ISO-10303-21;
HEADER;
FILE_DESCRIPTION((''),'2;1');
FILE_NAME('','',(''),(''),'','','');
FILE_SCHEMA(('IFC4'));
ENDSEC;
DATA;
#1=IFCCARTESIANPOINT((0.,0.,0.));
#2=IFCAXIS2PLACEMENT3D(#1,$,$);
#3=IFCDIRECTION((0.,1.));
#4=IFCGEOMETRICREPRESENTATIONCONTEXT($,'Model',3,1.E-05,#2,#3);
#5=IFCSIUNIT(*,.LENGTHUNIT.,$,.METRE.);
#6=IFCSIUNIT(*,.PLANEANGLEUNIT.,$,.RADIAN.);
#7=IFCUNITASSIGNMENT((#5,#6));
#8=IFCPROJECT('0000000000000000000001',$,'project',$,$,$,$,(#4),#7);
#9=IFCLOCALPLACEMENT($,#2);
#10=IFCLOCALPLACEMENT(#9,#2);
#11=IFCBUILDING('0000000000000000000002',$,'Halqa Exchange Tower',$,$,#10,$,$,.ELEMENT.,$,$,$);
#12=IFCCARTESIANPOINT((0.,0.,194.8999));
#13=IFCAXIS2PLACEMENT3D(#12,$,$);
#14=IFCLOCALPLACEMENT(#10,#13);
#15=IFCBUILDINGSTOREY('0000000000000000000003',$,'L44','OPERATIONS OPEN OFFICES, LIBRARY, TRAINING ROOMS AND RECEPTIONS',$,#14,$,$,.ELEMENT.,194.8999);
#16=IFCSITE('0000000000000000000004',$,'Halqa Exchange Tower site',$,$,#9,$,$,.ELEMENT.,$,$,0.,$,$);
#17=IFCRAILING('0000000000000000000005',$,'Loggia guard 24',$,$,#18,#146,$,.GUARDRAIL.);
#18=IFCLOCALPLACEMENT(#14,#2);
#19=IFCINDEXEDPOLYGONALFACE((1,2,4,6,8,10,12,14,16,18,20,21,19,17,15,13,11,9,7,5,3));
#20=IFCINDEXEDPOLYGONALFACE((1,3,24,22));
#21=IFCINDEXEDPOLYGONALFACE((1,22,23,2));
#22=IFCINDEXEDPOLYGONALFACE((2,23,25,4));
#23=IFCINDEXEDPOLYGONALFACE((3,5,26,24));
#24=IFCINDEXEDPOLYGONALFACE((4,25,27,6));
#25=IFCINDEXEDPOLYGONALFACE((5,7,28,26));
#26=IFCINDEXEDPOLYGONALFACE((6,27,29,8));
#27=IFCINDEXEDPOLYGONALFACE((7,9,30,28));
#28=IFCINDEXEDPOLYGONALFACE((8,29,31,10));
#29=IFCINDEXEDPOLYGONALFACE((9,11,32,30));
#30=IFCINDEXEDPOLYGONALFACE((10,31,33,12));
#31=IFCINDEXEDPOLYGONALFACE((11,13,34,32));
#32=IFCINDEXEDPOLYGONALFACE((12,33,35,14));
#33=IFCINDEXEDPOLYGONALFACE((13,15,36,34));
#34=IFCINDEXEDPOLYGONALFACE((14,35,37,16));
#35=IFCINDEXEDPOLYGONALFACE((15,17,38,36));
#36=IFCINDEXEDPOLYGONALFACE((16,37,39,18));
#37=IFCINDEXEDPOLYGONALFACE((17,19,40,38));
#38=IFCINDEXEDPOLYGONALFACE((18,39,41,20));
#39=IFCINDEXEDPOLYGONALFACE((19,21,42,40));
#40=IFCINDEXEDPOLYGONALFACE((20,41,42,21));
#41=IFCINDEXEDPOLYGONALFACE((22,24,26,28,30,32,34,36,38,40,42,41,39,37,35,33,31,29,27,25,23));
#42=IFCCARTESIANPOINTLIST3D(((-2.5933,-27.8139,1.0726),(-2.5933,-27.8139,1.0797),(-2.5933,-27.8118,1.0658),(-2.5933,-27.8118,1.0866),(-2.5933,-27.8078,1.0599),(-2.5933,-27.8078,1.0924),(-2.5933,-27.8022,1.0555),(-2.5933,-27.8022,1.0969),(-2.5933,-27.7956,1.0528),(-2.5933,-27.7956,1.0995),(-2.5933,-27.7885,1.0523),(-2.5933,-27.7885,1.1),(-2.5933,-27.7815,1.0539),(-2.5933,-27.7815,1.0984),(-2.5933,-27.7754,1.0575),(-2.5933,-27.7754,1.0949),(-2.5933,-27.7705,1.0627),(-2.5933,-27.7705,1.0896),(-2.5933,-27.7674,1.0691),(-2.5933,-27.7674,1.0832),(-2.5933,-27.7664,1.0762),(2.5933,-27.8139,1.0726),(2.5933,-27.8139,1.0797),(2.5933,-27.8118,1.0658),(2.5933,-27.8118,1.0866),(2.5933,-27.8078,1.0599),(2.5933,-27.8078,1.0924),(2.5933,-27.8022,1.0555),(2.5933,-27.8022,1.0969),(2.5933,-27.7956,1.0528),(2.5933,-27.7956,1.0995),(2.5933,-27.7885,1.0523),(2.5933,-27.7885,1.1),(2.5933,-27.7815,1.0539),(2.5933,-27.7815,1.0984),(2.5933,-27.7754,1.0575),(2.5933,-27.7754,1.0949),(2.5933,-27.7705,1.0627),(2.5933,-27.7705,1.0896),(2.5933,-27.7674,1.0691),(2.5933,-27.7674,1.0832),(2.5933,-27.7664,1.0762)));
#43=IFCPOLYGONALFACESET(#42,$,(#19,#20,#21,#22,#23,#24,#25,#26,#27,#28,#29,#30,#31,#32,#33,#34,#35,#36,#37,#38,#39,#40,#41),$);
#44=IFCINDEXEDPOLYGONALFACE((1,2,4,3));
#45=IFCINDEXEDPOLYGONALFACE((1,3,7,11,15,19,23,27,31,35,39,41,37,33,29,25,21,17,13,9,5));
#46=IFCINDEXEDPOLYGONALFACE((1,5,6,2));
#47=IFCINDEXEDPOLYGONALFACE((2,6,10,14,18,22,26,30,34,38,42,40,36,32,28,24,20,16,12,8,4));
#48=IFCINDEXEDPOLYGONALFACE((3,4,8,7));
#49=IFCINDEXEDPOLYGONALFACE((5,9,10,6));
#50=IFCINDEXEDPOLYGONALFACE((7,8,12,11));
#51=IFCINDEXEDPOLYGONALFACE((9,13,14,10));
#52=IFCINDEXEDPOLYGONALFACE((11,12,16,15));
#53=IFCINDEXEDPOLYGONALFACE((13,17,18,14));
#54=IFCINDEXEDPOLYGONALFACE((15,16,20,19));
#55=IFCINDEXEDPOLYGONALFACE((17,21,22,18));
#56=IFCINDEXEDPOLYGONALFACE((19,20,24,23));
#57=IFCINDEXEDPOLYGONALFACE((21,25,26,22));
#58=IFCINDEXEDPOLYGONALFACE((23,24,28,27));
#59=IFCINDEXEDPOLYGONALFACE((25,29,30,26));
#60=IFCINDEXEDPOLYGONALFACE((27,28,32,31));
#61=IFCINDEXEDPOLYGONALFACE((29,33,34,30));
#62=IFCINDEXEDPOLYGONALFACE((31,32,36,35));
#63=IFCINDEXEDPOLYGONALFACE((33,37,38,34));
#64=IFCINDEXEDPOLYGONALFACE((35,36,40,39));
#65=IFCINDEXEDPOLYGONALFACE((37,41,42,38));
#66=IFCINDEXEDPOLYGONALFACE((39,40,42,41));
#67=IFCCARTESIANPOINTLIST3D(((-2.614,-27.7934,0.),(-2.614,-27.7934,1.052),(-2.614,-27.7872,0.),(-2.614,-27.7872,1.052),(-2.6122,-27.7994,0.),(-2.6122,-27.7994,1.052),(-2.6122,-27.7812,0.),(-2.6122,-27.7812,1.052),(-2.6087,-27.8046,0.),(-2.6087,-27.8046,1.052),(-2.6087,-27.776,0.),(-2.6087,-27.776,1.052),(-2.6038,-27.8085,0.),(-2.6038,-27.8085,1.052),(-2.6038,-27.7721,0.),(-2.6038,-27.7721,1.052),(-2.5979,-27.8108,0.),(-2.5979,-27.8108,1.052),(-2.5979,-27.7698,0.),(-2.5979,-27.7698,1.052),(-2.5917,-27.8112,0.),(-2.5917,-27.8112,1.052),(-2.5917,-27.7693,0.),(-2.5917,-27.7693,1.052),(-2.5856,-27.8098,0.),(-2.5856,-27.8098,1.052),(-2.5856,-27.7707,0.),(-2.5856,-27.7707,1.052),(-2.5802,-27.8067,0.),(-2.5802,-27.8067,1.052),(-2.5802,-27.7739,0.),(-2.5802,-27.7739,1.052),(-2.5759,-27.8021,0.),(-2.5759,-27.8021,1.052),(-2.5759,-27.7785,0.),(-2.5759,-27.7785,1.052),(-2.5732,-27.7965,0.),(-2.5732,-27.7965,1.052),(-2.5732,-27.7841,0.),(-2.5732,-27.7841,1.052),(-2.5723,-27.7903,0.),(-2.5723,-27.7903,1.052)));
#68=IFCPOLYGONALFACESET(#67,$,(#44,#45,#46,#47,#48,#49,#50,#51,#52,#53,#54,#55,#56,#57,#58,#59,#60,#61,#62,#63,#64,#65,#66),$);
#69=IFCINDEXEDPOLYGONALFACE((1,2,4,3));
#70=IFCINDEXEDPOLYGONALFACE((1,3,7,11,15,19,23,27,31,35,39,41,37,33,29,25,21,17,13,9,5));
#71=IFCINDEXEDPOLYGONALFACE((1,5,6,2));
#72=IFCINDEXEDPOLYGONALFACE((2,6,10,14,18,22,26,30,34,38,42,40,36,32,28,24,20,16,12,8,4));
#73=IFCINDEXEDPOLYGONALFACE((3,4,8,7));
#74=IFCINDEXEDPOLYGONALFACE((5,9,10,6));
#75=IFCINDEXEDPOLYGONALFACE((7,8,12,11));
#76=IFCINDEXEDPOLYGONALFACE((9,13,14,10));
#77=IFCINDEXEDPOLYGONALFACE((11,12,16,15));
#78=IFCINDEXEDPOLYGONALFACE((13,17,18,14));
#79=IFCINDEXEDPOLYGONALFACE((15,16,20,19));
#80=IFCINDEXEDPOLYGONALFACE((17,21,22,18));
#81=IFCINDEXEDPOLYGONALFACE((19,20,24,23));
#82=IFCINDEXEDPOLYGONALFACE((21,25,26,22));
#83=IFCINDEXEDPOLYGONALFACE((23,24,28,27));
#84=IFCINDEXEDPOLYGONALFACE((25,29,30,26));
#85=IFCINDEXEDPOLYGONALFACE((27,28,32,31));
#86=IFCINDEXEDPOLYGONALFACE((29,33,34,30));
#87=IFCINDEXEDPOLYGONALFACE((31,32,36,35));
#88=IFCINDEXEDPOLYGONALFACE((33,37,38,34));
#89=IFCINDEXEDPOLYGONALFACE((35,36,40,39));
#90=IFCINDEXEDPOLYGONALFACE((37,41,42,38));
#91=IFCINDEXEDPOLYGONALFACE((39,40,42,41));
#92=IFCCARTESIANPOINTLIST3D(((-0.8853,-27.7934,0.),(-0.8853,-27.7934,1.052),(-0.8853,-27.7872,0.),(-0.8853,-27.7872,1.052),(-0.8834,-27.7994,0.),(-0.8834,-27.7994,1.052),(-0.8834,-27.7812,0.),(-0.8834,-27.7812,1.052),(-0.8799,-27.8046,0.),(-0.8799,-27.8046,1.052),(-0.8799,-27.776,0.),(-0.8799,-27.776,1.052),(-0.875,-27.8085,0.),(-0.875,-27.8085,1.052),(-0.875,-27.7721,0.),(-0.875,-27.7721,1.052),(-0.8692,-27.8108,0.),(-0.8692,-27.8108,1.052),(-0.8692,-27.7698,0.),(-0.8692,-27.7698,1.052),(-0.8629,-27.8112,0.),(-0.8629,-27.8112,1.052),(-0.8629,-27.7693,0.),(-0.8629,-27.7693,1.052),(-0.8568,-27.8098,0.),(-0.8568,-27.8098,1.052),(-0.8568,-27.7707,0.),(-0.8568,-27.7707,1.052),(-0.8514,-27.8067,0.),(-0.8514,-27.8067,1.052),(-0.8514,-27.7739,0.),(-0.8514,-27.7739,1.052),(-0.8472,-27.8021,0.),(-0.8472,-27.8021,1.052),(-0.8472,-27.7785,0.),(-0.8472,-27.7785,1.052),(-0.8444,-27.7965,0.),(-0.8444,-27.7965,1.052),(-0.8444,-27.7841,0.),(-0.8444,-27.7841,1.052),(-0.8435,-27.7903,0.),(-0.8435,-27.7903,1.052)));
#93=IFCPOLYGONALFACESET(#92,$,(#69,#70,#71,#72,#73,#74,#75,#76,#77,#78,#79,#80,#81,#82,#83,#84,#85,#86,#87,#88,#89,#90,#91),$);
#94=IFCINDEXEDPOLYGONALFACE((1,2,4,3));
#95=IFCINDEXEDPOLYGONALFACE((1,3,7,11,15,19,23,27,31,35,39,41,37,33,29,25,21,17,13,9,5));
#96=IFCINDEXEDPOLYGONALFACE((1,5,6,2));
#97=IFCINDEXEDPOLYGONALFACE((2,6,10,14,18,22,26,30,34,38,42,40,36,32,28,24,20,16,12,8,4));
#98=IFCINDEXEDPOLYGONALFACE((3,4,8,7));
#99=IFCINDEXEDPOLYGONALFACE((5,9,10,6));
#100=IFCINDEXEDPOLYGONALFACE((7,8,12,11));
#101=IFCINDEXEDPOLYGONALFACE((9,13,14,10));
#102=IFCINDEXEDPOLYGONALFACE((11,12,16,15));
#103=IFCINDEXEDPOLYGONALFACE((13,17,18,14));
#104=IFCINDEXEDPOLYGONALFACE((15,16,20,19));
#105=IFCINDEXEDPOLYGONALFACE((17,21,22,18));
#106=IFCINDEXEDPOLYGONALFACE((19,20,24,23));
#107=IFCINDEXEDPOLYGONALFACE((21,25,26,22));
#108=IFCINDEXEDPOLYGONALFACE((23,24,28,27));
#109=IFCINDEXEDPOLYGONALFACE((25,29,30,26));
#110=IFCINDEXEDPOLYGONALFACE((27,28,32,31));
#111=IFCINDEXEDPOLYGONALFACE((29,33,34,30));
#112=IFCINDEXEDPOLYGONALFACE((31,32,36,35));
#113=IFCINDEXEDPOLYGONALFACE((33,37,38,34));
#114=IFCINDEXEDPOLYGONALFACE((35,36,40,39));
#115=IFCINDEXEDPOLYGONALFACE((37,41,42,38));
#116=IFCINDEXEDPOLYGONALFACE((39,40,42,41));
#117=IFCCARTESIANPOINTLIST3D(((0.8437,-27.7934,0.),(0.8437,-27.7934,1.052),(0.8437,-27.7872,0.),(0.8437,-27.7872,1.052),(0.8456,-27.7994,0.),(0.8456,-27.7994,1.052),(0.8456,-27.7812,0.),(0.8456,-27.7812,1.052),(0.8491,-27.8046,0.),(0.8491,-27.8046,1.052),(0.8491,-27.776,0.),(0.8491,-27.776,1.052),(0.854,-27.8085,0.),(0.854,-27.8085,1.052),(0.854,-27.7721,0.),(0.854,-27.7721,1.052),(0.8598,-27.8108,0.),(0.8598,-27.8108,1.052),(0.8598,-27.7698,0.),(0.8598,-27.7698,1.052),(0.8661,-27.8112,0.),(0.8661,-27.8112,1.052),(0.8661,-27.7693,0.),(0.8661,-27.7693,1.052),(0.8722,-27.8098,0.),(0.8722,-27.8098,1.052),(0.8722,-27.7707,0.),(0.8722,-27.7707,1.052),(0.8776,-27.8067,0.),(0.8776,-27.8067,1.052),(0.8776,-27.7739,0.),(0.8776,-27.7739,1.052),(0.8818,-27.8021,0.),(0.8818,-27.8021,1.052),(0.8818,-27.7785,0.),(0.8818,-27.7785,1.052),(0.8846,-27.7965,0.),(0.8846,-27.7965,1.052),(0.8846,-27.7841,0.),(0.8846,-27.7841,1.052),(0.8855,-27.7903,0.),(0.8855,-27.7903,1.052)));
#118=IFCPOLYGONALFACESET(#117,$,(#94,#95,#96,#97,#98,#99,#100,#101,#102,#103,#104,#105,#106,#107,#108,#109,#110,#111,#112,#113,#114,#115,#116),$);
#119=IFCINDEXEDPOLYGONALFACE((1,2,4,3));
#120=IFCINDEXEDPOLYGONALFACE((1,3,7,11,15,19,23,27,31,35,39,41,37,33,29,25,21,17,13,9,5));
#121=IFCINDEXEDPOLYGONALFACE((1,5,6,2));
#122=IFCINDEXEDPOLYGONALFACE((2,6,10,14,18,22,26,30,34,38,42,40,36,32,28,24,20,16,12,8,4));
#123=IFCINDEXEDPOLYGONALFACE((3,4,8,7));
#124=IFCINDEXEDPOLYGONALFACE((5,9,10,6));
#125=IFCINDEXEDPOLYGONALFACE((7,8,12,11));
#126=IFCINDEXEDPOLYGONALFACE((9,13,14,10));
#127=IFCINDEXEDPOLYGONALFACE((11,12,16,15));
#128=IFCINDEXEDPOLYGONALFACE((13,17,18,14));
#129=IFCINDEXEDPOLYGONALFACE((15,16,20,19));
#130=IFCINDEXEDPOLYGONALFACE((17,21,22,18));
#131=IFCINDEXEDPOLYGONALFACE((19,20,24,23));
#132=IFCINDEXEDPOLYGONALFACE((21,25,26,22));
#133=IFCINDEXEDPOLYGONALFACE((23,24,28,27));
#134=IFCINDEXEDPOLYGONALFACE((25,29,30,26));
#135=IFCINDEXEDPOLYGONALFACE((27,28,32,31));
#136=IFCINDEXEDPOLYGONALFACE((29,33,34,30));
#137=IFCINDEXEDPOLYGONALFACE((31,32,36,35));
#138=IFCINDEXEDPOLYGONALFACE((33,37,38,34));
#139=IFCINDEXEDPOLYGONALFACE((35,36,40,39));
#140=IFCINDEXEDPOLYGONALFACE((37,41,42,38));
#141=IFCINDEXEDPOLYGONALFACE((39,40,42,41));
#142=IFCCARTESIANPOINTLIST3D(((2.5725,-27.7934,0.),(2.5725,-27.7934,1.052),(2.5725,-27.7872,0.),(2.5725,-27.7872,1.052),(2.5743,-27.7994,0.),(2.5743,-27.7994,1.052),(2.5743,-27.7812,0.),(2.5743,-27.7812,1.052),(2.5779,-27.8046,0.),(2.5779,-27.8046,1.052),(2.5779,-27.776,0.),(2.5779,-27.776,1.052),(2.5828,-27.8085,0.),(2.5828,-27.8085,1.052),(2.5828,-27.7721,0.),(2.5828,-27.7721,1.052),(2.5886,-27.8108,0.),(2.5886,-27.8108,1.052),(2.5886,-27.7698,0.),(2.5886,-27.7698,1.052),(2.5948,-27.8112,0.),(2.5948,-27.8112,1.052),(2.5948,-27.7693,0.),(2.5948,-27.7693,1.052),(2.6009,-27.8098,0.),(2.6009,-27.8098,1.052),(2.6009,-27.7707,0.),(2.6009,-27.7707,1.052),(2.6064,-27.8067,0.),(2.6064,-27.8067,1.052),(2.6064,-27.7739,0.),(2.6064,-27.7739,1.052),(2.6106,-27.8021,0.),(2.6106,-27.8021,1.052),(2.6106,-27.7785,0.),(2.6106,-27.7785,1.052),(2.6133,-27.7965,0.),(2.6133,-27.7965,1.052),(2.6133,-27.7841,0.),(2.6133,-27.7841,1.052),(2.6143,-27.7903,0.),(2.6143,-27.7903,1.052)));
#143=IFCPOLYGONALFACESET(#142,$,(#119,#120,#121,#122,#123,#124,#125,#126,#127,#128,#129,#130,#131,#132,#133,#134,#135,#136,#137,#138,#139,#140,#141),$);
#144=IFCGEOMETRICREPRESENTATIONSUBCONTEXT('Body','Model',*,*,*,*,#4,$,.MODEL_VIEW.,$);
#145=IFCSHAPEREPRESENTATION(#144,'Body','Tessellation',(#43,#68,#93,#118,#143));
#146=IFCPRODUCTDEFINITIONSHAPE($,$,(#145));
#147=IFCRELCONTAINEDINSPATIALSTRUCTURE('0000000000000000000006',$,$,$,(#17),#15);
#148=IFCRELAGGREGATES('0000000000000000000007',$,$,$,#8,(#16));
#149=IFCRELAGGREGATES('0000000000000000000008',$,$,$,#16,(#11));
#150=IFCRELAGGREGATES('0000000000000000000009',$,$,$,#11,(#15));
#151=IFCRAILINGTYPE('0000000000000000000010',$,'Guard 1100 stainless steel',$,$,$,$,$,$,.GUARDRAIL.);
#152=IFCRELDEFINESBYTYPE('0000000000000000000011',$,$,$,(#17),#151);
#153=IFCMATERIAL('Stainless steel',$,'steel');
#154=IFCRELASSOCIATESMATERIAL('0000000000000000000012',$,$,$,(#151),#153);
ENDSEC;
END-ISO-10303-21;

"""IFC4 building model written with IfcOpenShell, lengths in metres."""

from ifc_helpers import new_model, si_unit, direction, frame, origin, origin_2d, place, context, subcontext, project, spatial, circle, extrude, material, type_object, element, save


model = new_model("IFC4")

# Units and contexts
model_context = context("Model", 3, precision=1e-05, world=origin(), true_north=direction((0.0, 1.0)))
body_context = subcontext(model_context, "Body", "Model", "MODEL_VIEW")
ifc_project = project(units=[si_unit("LENGTHUNIT", "METRE"), si_unit("PLANEANGLEUNIT", "RADIAN")], contexts=[model_context])

# Site, building, storey
site_placement = place(None, origin())
site = spatial("IfcSite", under=ifc_project, at=site_placement, Name="Halqa Exchange Tower site", CompositionType="ELEMENT", RefElevation=0.0)
building_placement = place(site_placement, origin())
building = spatial("IfcBuilding", under=site, at=building_placement, Name="Halqa Exchange Tower", CompositionType="ELEMENT")
storey_placement = place(building_placement, frame((0.0, 0.0, 194.8999)))
storey = spatial("IfcBuildingStorey", under=building, at=storey_placement, Name="L44", Description="OPERATIONS OPEN OFFICES, LIBRARY, TRAINING ROOMS AND RECEPTIONS", CompositionType="ELEMENT", Elevation=194.8999)

# Railing
ifc_material_1 = material(Name="Stainless steel", Category="steel")
railing_type = type_object("IfcRailingType", Name="Guard 1100 stainless steel", PredefinedType="GUARDRAIL", material=ifc_material_1)
railing_1_placement = place(storey_placement, frame((-2.5933, -27.7903, 0.0)))
element("IfcRailing", 1, at=railing_1_placement, inside=storey, type_object=railing_type, Name="Loggia guard 24", PredefinedType="GUARDRAIL", context=body_context, shape_type="SweptSolid", body=[
    extrude(circle(Radius=0.0239, at=origin_2d()), frame((0.0, 0.0, 1.0762), z_axis=(1.0, 0.0, 0.0), x_axis=(0.0, 1.0, 0.0)), (0.0, 0.0, 1.0), 5.1865),
    extrude(circle(Radius=0.021, at=origin_2d()), origin(), (0.0, 0.0, 1.0), 1.052),
    extrude(circle(Radius=0.021, at=origin_2d()), frame((1.7288, 0.0, 0.0)), (0.0, 0.0, 1.0), 1.052),
    extrude(circle(Radius=0.021, at=origin_2d()), frame((3.4578, 0.0, 0.0)), (0.0, 0.0, 1.0), 1.052),
    extrude(circle(Radius=0.021, at=origin_2d()), frame((5.1865, 0.0, 0.0)), (0.0, 0.0, 1.0), 1.052),
])

save(model, "model.ifc")
